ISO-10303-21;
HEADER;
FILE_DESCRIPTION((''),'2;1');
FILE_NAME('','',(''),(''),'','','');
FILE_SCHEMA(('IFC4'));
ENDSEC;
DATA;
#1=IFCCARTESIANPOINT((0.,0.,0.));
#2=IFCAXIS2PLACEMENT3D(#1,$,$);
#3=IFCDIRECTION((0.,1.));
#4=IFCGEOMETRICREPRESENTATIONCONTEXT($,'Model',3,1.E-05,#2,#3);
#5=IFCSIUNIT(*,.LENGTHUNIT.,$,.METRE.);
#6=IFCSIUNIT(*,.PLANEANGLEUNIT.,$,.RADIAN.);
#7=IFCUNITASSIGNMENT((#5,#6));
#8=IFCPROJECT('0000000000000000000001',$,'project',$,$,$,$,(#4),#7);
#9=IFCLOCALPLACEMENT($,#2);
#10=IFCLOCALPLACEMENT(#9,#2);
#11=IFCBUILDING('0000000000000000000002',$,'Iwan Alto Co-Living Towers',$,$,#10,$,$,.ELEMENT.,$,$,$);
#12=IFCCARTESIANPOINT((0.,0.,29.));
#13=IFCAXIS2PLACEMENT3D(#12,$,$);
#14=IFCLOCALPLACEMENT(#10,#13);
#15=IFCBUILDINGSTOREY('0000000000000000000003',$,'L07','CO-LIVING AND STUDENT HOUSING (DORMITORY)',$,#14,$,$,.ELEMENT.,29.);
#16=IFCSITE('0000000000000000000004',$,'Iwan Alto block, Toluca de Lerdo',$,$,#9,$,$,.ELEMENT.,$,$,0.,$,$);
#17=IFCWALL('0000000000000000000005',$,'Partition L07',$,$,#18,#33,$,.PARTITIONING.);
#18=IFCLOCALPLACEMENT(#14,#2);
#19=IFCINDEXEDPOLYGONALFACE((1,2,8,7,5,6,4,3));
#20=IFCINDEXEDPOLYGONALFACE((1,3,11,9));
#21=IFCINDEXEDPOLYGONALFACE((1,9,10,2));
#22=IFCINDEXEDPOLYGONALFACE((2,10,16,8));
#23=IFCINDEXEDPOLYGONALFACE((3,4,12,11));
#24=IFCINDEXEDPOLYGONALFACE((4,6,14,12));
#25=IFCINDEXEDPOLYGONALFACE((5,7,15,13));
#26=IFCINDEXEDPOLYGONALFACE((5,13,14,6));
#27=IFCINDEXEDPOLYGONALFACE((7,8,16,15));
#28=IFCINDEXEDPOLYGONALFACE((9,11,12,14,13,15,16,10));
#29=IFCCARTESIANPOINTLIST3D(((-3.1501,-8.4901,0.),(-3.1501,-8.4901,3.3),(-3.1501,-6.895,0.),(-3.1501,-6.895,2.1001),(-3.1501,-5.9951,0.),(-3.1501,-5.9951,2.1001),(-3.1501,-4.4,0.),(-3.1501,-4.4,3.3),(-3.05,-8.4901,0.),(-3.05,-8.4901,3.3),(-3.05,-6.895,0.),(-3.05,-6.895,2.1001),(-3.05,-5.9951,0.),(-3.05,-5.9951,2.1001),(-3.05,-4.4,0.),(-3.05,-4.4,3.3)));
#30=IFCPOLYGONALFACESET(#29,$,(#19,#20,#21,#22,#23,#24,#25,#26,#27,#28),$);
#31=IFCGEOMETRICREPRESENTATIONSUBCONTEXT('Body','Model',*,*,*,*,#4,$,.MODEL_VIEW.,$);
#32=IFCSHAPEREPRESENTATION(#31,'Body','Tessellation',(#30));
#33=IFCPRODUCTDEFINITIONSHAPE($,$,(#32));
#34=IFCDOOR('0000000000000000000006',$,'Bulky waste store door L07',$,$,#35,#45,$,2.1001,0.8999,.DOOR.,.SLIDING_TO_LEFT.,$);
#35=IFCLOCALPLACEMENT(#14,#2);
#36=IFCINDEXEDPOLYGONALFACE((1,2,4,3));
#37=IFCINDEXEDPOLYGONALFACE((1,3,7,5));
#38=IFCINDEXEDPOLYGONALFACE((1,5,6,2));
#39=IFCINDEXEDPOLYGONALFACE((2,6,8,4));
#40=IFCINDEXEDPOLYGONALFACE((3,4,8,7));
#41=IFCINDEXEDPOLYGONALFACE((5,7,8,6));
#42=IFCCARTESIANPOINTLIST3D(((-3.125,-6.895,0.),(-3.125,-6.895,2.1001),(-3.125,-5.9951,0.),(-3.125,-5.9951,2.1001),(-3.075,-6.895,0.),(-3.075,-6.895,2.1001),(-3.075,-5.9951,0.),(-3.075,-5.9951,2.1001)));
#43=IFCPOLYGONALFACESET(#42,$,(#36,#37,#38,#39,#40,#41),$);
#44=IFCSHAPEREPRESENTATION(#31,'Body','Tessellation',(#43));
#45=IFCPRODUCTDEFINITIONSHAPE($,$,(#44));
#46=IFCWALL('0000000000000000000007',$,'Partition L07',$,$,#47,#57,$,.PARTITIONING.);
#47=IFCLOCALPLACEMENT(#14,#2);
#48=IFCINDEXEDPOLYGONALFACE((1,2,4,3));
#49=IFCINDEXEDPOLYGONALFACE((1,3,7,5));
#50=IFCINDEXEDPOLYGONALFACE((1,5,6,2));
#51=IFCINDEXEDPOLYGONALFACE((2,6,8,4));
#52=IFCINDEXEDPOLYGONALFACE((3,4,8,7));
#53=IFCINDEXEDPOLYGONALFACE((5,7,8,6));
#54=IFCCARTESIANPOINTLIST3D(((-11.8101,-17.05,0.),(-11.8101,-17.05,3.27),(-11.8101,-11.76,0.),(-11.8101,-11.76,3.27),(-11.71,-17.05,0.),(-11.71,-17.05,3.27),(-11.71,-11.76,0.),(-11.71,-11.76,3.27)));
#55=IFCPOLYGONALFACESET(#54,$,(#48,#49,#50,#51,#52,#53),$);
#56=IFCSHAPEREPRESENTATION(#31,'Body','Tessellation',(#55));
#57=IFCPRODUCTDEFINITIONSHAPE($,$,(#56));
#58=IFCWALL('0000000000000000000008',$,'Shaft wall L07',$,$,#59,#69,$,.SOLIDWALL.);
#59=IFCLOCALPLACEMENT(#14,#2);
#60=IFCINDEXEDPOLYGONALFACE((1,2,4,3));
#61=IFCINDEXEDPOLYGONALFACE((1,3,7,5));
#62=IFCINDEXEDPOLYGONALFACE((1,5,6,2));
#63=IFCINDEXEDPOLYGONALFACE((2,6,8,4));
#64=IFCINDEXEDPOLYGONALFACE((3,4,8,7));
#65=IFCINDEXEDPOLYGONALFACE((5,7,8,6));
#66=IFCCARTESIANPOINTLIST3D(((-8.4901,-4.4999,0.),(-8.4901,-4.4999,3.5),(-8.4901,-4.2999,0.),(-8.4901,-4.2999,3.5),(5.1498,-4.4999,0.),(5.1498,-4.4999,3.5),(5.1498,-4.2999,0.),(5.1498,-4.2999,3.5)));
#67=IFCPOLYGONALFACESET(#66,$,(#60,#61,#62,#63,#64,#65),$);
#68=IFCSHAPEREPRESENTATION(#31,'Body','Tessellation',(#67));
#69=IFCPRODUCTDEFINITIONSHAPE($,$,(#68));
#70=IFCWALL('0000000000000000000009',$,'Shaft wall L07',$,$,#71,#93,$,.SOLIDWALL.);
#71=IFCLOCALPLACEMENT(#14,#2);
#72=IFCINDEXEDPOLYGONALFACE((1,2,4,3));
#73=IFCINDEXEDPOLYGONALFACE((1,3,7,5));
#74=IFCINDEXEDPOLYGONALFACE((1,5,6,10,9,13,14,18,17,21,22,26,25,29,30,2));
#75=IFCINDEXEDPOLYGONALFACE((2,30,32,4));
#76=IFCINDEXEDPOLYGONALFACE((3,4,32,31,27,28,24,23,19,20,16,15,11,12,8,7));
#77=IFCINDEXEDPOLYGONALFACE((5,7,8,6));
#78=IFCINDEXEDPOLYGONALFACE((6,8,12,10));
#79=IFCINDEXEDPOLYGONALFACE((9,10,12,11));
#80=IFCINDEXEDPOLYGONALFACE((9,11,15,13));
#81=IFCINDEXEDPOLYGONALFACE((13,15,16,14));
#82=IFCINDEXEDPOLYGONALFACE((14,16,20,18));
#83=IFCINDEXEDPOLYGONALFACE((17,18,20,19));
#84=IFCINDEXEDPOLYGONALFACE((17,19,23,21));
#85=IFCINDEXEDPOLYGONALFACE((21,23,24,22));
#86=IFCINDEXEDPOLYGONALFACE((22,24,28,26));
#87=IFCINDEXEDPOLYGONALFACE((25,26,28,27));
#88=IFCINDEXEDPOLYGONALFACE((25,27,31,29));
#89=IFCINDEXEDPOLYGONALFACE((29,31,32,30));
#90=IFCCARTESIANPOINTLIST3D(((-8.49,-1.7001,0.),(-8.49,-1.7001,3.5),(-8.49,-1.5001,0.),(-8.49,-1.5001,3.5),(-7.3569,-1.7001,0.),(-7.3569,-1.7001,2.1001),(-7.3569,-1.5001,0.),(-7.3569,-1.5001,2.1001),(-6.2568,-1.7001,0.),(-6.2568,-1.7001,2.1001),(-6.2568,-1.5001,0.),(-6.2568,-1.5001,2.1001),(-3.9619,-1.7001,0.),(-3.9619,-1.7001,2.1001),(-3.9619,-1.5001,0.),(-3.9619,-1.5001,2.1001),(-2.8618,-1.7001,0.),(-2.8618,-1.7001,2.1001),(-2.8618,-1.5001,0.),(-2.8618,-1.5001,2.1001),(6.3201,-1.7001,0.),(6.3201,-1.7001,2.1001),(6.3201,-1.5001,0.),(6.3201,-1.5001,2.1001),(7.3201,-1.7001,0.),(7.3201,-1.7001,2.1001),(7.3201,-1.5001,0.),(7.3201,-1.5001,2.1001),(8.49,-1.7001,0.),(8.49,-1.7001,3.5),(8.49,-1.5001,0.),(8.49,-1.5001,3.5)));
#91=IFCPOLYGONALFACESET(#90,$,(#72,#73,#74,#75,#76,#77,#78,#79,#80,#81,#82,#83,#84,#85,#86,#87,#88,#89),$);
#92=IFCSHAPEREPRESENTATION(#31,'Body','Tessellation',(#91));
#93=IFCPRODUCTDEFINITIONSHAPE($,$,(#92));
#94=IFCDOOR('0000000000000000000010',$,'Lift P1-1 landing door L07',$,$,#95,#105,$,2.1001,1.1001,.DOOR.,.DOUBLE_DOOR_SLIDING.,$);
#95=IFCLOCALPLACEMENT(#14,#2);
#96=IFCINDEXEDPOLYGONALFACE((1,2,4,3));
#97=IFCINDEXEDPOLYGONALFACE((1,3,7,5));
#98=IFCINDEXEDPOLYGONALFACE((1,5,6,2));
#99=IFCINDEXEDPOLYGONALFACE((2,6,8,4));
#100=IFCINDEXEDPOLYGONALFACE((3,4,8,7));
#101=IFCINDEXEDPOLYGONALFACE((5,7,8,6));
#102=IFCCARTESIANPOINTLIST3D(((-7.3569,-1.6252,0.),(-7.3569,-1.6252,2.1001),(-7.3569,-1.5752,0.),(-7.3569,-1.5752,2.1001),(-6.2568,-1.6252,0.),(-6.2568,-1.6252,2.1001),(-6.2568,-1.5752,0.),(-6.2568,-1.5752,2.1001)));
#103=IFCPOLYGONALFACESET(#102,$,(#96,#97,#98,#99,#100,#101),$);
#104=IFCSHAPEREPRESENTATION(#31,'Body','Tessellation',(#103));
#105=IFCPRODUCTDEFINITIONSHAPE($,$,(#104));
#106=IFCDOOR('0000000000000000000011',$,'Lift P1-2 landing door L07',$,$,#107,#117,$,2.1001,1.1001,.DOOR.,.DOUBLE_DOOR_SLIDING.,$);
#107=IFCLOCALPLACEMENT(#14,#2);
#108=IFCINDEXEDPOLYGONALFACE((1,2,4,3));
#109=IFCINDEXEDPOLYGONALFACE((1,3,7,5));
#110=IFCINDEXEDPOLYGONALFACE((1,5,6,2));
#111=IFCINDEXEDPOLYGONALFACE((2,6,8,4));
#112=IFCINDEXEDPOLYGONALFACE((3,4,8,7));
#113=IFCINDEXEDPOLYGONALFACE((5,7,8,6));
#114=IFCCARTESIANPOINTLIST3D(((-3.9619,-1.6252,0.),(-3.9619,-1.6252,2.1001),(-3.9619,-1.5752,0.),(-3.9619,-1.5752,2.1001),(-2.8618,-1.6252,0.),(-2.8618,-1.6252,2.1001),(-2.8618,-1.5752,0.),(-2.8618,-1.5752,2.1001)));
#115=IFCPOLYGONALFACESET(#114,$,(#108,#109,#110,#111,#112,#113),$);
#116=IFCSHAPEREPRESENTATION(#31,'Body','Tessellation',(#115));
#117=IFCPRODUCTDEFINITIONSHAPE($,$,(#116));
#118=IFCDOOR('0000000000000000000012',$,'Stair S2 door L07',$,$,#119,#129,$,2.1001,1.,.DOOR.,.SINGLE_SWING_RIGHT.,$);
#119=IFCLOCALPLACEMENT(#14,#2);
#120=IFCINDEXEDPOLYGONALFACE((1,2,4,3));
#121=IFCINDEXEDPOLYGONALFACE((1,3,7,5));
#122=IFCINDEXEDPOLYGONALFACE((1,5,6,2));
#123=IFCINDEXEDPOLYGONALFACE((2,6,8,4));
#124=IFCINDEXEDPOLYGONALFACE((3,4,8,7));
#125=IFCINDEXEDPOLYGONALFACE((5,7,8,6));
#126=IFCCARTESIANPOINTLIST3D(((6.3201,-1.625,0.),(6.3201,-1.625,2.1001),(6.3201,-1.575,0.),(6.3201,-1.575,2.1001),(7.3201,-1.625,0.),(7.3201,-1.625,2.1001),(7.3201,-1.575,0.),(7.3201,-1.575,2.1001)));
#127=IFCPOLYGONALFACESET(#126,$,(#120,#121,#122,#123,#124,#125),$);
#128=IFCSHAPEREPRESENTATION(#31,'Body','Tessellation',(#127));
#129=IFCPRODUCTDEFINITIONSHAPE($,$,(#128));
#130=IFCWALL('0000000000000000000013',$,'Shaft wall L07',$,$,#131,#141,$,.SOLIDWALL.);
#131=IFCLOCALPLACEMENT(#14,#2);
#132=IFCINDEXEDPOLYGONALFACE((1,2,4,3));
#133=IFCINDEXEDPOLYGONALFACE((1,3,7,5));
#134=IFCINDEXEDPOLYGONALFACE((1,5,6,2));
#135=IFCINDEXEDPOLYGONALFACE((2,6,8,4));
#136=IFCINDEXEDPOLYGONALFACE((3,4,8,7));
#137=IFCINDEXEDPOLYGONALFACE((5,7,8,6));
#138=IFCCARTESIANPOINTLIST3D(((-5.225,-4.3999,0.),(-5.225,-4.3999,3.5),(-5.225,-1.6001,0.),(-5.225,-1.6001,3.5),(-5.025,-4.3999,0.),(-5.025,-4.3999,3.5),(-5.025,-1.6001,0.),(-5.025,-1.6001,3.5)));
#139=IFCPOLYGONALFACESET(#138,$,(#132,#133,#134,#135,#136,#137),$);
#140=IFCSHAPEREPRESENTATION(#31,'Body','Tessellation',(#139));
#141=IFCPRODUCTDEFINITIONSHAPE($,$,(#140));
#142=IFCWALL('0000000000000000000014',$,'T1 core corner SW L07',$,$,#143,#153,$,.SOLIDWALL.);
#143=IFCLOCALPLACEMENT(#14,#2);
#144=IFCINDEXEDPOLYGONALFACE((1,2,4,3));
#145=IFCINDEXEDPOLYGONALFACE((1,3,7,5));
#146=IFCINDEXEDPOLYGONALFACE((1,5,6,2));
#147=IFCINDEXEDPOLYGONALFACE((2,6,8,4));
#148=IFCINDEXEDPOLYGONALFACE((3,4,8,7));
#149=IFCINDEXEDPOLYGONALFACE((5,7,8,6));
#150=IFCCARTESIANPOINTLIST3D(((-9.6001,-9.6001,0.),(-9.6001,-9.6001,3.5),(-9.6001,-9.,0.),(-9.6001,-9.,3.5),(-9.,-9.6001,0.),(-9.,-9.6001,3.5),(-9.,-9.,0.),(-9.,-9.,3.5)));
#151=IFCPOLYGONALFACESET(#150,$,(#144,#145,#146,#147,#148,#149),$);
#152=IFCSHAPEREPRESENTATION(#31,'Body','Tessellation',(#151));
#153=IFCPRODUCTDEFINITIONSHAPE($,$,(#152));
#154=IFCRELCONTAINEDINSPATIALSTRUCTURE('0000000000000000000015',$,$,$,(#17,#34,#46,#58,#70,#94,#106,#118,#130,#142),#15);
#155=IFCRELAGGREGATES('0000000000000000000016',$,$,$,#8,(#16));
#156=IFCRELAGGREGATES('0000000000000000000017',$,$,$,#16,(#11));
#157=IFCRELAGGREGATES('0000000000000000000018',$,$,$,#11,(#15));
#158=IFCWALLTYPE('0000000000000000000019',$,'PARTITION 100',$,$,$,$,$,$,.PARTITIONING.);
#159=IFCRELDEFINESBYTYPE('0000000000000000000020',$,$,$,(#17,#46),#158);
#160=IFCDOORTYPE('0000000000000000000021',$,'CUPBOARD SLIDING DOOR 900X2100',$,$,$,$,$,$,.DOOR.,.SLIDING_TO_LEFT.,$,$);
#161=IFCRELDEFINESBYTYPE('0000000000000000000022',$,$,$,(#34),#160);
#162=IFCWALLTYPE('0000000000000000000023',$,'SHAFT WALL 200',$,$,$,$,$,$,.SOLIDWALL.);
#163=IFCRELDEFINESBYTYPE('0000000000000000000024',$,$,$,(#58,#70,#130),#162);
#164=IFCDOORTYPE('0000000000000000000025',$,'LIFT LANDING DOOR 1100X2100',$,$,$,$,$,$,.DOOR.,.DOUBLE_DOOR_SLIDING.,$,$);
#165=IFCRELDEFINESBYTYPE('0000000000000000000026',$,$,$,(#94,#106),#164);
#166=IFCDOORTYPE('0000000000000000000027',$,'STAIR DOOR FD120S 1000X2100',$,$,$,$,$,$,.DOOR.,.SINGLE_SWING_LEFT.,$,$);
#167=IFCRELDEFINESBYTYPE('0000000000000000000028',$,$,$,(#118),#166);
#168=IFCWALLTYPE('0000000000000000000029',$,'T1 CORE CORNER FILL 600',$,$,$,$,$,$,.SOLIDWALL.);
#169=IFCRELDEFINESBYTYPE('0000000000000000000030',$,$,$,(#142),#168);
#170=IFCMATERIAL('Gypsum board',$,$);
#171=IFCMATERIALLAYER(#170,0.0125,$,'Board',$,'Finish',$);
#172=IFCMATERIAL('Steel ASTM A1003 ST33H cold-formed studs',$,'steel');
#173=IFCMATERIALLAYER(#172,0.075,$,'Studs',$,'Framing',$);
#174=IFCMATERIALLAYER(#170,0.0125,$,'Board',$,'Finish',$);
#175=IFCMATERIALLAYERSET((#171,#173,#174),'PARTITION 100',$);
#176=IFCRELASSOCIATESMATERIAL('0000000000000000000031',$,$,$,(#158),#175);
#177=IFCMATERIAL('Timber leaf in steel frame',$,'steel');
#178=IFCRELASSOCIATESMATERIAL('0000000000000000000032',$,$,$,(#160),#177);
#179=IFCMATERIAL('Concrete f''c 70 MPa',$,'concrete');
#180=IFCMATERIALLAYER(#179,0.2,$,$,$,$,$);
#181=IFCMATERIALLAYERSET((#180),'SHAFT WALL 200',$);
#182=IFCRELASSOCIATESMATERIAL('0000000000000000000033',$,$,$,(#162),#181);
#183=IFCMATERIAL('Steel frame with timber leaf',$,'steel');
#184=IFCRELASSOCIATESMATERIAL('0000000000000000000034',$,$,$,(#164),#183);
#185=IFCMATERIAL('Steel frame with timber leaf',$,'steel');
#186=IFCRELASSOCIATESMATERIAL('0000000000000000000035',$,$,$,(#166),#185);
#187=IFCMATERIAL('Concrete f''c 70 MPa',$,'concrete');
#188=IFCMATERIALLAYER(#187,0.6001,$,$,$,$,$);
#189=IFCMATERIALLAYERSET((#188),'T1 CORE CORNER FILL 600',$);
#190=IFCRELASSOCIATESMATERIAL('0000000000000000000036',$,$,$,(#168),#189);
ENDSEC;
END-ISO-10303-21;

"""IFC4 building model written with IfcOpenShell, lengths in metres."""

from ifc_helpers import new_model, si_unit, direction, frame, frame_2d, origin, place, context, subcontext, project, spatial, rectangle, extrude, material, layer, layer_set, type_object, element, fill, save


model = new_model("IFC4")

# Units and contexts
model_context = context("Model", 3, precision=1e-05, world=origin(), true_north=direction((0.0, 1.0)))
body_context = subcontext(model_context, "Body", "Model", "MODEL_VIEW")
ifc_project = project(units=[si_unit("LENGTHUNIT", "METRE"), si_unit("PLANEANGLEUNIT", "RADIAN")], contexts=[model_context])

# Site, building, storey
site_placement = place(None, origin())
site = spatial("IfcSite", under=ifc_project, at=site_placement, Name="Iwan Alto block, Toluca de Lerdo", CompositionType="ELEMENT", RefElevation=0.0)
building_placement = place(site_placement, origin())
building = spatial("IfcBuilding", under=site, at=building_placement, Name="Iwan Alto Co-Living Towers", CompositionType="ELEMENT")
storey_placement = place(building_placement, frame((0.0, 0.0, 29.0)))
storey = spatial("IfcBuildingStorey", under=building, at=storey_placement, Name="L07", Description="CO-LIVING AND STUDENT HOUSING (DORMITORY)", CompositionType="ELEMENT", Elevation=29.0)

# Shared definitions
ifc_material_1 = material(Name="Gypsum board")
ifc_material_2 = material(Name="Steel ASTM A1003 ST33H cold-formed studs", Category="steel")

# Wall, opening, door
ifc_layer_1 = layer(ifc_material_1, 0.0125, Name="Board", Category="Finish")
ifc_layer_2 = layer(ifc_material_2, 0.075, Name="Studs", Category="Framing")
ifc_layer_3 = layer(ifc_material_1, 0.0125, Name="Board", Category="Finish")
ifc_layer_set_1 = layer_set([ifc_layer_1, ifc_layer_2, ifc_layer_3], Name="PARTITION 100")
wall_type_1 = type_object("IfcWallType", Name="PARTITION 100", PredefinedType="PARTITIONING", material=ifc_layer_set_1)
wall_1_placement = place(storey_placement, frame((-3.1001, -8.49, 0.0), z_axis=(0.0, 0.0, 1.0), x_axis=(0.0, 1.0, 0.0)))
wall_1 = element("IfcWall", 1, at=wall_1_placement, inside=storey, type_object=wall_type_1, Name="Partition L07", PredefinedType="PARTITIONING", context=body_context, shape_type="SweptSolid", body=[
    extrude(rectangle(XDim=4.0901, YDim=0.1001, at=frame_2d((2.0449, 0.0))), origin(), (0.0, 0.0, 1.0), 3.3),
])
opening_1_placement = place(wall_1_placement, frame((1.595, 0.0, 0.0)))
opening_1 = element("IfcOpeningElement", 2, at=opening_1_placement, cuts=wall_1, PredefinedType="OPENING", context=body_context, shape_type="SweptSolid", body=[
    extrude(rectangle(XDim=0.8999, YDim=2.1001, at=frame_2d((0.45, 1.05))), frame((0.0, 0.0601, 0.0), z_axis=(0.0, -1.0, 0.0), x_axis=(1.0, 0.0, 0.0)), (0.0, 0.0, 1.0), 0.1201),
])
ifc_material_3 = material(Name="Timber leaf in steel frame", Category="steel")
door_type_1 = type_object("IfcDoorType", Name="CUPBOARD SLIDING DOOR 900X2100", OperationType="SLIDING_TO_LEFT", PredefinedType="DOOR", material=ifc_material_3)
door_1_placement = place(opening_1_placement, origin())
door_1 = element("IfcDoor", 3, at=door_1_placement, inside=storey, type_object=door_type_1, Name="Bulky waste store door L07", OperationType="SLIDING_TO_LEFT", OverallHeight=2.1001, OverallWidth=0.8999, PredefinedType="DOOR", context=body_context, shape_type="SweptSolid", body=[
    extrude(rectangle(XDim=0.8999, YDim=2.1001, at=frame_2d((0.45, 1.05))), frame((0.0, 0.0249, 0.0), z_axis=(0.0, -1.0, 0.0), x_axis=(1.0, 0.0, 0.0)), (0.0, 0.0, 1.0), 0.05),
])
fill(opening_1, door_1)

# Walls
wall_2_placement = place(storey_placement, frame((-11.76, -17.05, 0.0), z_axis=(0.0, 0.0, 1.0), x_axis=(0.0, 1.0, 0.0)))
element("IfcWall", 4, at=wall_2_placement, inside=storey, type_object=wall_type_1, Name="Partition L07", PredefinedType="PARTITIONING", context=body_context, shape_type="SweptSolid", body=[
    extrude(rectangle(XDim=5.29, YDim=0.1001, at=frame_2d((2.645, 0.0))), origin(), (0.0, 0.0, 1.0), 3.27),
])
ifc_material_4 = material(Name="Concrete f'c 70 MPa", Category="concrete")
ifc_layer_4 = layer(ifc_material_4, 0.2)
ifc_layer_set_2 = layer_set([ifc_layer_4], Name="SHAFT WALL 200")
wall_type_2 = type_object("IfcWallType", Name="SHAFT WALL 200", PredefinedType="SOLIDWALL", material=ifc_layer_set_2)
wall_3_placement = place(storey_placement, frame((-8.49, -4.3999, 0.0), z_axis=(0.0, 0.0, 1.0), x_axis=(1.0, 0.0, 0.0)))
element("IfcWall", 5, at=wall_3_placement, inside=storey, type_object=wall_type_2, Name="Shaft wall L07", PredefinedType="SOLIDWALL", context=body_context, shape_type="SweptSolid", body=[
    extrude(rectangle(XDim=13.6399, YDim=0.2, at=frame_2d((6.8198, 0.0))), origin(), (0.0, 0.0, 1.0), 3.5),
])

# Wall, openings, doors
wall_4_placement = place(storey_placement, frame((-8.49, -1.6001, 0.0), z_axis=(0.0, 0.0, 1.0), x_axis=(1.0, 0.0, 0.0)))
wall_4 = element("IfcWall", 6, at=wall_4_placement, inside=storey, type_object=wall_type_2, Name="Shaft wall L07", PredefinedType="SOLIDWALL", context=body_context, shape_type="SweptSolid", body=[
    extrude(rectangle(XDim=16.98, YDim=0.2, at=frame_2d((8.49, 0.0))), origin(), (0.0, 0.0, 1.0), 3.5),
])
opening_2_placement = place(wall_4_placement, frame((14.8101, 0.0, 0.0)))
opening_2 = element("IfcOpeningElement", 7, at=opening_2_placement, cuts=wall_4, PredefinedType="OPENING", context=body_context, shape_type="SweptSolid", body=[
    extrude(rectangle(XDim=1.0, YDim=2.1001, at=frame_2d((0.5, 1.05))), frame((0.0, 0.1099, 0.0), z_axis=(0.0, -1.0, 0.0), x_axis=(1.0, 0.0, 0.0)), (0.0, 0.0, 1.0), 0.22),
])
opening_3_placement = place(wall_4_placement, frame((1.1331, 0.0, 0.0)))
opening_3 = element("IfcOpeningElement", 8, at=opening_3_placement, cuts=wall_4, PredefinedType="OPENING", context=body_context, shape_type="SweptSolid", body=[
    extrude(rectangle(XDim=1.1001, YDim=2.1001, at=frame_2d((0.55, 1.05))), frame((0.0, 0.1099, 0.0), z_axis=(0.0, -1.0, 0.0), x_axis=(1.0, 0.0, 0.0)), (0.0, 0.0, 1.0), 0.22),
])
opening_4_placement = place(wall_4_placement, frame((4.5281, 0.0, 0.0)))
opening_4 = element("IfcOpeningElement", 9, at=opening_4_placement, cuts=wall_4, PredefinedType="OPENING", context=body_context, shape_type="SweptSolid", body=[
    extrude(rectangle(XDim=1.1001, YDim=2.1001, at=frame_2d((0.55, 1.05))), frame((0.0, 0.1099, 0.0), z_axis=(0.0, -1.0, 0.0), x_axis=(1.0, 0.0, 0.0)), (0.0, 0.0, 1.0), 0.22),
])
ifc_material_5 = material(Name="Steel frame with timber leaf", Category="steel")
door_type_2 = type_object("IfcDoorType", Name="LIFT LANDING DOOR 1100X2100", OperationType="DOUBLE_DOOR_SLIDING", PredefinedType="DOOR", material=ifc_material_5)
door_2_placement = place(opening_3_placement, origin())
door_2 = element("IfcDoor", 10, at=door_2_placement, inside=storey, type_object=door_type_2, Name="Lift P1-1 landing door L07", OperationType="DOUBLE_DOOR_SLIDING", OverallHeight=2.1001, OverallWidth=1.1001, PredefinedType="DOOR", context=body_context, shape_type="SweptSolid", body=[
    extrude(rectangle(XDim=1.1001, YDim=2.1001, at=frame_2d((0.55, 1.05))), frame((0.0, 0.0249, 0.0), z_axis=(0.0, -1.0, 0.0), x_axis=(1.0, 0.0, 0.0)), (0.0, 0.0, 1.0), 0.05),
])
fill(opening_3, door_2)
door_3_placement = place(opening_4_placement, origin())
door_3 = element("IfcDoor", 11, at=door_3_placement, inside=storey, type_object=door_type_2, Name="Lift P1-2 landing door L07", OperationType="DOUBLE_DOOR_SLIDING", OverallHeight=2.1001, OverallWidth=1.1001, PredefinedType="DOOR", context=body_context, shape_type="SweptSolid", body=[
    extrude(rectangle(XDim=1.1001, YDim=2.1001, at=frame_2d((0.55, 1.05))), frame((0.0, 0.0249, 0.0), z_axis=(0.0, -1.0, 0.0), x_axis=(1.0, 0.0, 0.0)), (0.0, 0.0, 1.0), 0.05),
])
fill(opening_4, door_3)
ifc_material_6 = material(Name="Steel frame with timber leaf", Category="steel")
door_type_3 = type_object("IfcDoorType", Name="STAIR DOOR FD120S 1000X2100", OperationType="SINGLE_SWING_LEFT", PredefinedType="DOOR", material=ifc_material_6)
door_4_placement = place(opening_2_placement, frame((1.0, 0.0, 0.0), z_axis=(0.0, 0.0, 1.0), x_axis=(-1.0, 0.0, 0.0)))
door_4 = element("IfcDoor", 12, at=door_4_placement, inside=storey, type_object=door_type_3, Name="Stair S2 door L07", OperationType="SINGLE_SWING_RIGHT", OverallHeight=2.1001, OverallWidth=1.0, PredefinedType="DOOR", context=body_context, shape_type="SweptSolid", body=[
    extrude(rectangle(XDim=1.0, YDim=2.1001, at=frame_2d((0.5, 1.05))), frame((0.0, 0.0249, 0.0), z_axis=(0.0, -1.0, 0.0), x_axis=(1.0, 0.0, 0.0)), (0.0, 0.0, 1.0), 0.05),
])
fill(opening_2, door_4)

# Walls
wall_5_placement = place(storey_placement, frame((-5.125, -4.3999, 0.0), z_axis=(0.0, 0.0, 1.0), x_axis=(0.0, 1.0, 0.0)))
element("IfcWall", 13, at=wall_5_placement, inside=storey, type_object=wall_type_2, Name="Shaft wall L07", PredefinedType="SOLIDWALL", context=body_context, shape_type="SweptSolid", body=[
    extrude(rectangle(XDim=2.7998, YDim=0.2, at=frame_2d((1.3999, 0.0))), origin(), (0.0, 0.0, 1.0), 3.5),
])
ifc_material_7 = material(Name="Concrete f'c 70 MPa", Category="concrete")
ifc_layer_5 = layer(ifc_material_7, 0.6001)
ifc_layer_set_3 = layer_set([ifc_layer_5], Name="T1 CORE CORNER FILL 600")
wall_type_3 = type_object("IfcWallType", Name="T1 CORE CORNER FILL 600", PredefinedType="SOLIDWALL", material=ifc_layer_set_3)
wall_6_placement = place(storey_placement, frame((-9.6001, -9.3, 0.0), z_axis=(0.0, 0.0, 1.0), x_axis=(1.0, 0.0, 0.0)))
element("IfcWall", 14, at=wall_6_placement, inside=storey, type_object=wall_type_3, Name="T1 core corner SW L07", PredefinedType="SOLIDWALL", context=body_context, shape_type="SweptSolid", body=[
    extrude(rectangle(XDim=0.6001, YDim=0.6001, at=frame_2d((0.3, 0.0))), origin(), (0.0, 0.0, 1.0), 3.5),
])

save(model, "model.ifc")
